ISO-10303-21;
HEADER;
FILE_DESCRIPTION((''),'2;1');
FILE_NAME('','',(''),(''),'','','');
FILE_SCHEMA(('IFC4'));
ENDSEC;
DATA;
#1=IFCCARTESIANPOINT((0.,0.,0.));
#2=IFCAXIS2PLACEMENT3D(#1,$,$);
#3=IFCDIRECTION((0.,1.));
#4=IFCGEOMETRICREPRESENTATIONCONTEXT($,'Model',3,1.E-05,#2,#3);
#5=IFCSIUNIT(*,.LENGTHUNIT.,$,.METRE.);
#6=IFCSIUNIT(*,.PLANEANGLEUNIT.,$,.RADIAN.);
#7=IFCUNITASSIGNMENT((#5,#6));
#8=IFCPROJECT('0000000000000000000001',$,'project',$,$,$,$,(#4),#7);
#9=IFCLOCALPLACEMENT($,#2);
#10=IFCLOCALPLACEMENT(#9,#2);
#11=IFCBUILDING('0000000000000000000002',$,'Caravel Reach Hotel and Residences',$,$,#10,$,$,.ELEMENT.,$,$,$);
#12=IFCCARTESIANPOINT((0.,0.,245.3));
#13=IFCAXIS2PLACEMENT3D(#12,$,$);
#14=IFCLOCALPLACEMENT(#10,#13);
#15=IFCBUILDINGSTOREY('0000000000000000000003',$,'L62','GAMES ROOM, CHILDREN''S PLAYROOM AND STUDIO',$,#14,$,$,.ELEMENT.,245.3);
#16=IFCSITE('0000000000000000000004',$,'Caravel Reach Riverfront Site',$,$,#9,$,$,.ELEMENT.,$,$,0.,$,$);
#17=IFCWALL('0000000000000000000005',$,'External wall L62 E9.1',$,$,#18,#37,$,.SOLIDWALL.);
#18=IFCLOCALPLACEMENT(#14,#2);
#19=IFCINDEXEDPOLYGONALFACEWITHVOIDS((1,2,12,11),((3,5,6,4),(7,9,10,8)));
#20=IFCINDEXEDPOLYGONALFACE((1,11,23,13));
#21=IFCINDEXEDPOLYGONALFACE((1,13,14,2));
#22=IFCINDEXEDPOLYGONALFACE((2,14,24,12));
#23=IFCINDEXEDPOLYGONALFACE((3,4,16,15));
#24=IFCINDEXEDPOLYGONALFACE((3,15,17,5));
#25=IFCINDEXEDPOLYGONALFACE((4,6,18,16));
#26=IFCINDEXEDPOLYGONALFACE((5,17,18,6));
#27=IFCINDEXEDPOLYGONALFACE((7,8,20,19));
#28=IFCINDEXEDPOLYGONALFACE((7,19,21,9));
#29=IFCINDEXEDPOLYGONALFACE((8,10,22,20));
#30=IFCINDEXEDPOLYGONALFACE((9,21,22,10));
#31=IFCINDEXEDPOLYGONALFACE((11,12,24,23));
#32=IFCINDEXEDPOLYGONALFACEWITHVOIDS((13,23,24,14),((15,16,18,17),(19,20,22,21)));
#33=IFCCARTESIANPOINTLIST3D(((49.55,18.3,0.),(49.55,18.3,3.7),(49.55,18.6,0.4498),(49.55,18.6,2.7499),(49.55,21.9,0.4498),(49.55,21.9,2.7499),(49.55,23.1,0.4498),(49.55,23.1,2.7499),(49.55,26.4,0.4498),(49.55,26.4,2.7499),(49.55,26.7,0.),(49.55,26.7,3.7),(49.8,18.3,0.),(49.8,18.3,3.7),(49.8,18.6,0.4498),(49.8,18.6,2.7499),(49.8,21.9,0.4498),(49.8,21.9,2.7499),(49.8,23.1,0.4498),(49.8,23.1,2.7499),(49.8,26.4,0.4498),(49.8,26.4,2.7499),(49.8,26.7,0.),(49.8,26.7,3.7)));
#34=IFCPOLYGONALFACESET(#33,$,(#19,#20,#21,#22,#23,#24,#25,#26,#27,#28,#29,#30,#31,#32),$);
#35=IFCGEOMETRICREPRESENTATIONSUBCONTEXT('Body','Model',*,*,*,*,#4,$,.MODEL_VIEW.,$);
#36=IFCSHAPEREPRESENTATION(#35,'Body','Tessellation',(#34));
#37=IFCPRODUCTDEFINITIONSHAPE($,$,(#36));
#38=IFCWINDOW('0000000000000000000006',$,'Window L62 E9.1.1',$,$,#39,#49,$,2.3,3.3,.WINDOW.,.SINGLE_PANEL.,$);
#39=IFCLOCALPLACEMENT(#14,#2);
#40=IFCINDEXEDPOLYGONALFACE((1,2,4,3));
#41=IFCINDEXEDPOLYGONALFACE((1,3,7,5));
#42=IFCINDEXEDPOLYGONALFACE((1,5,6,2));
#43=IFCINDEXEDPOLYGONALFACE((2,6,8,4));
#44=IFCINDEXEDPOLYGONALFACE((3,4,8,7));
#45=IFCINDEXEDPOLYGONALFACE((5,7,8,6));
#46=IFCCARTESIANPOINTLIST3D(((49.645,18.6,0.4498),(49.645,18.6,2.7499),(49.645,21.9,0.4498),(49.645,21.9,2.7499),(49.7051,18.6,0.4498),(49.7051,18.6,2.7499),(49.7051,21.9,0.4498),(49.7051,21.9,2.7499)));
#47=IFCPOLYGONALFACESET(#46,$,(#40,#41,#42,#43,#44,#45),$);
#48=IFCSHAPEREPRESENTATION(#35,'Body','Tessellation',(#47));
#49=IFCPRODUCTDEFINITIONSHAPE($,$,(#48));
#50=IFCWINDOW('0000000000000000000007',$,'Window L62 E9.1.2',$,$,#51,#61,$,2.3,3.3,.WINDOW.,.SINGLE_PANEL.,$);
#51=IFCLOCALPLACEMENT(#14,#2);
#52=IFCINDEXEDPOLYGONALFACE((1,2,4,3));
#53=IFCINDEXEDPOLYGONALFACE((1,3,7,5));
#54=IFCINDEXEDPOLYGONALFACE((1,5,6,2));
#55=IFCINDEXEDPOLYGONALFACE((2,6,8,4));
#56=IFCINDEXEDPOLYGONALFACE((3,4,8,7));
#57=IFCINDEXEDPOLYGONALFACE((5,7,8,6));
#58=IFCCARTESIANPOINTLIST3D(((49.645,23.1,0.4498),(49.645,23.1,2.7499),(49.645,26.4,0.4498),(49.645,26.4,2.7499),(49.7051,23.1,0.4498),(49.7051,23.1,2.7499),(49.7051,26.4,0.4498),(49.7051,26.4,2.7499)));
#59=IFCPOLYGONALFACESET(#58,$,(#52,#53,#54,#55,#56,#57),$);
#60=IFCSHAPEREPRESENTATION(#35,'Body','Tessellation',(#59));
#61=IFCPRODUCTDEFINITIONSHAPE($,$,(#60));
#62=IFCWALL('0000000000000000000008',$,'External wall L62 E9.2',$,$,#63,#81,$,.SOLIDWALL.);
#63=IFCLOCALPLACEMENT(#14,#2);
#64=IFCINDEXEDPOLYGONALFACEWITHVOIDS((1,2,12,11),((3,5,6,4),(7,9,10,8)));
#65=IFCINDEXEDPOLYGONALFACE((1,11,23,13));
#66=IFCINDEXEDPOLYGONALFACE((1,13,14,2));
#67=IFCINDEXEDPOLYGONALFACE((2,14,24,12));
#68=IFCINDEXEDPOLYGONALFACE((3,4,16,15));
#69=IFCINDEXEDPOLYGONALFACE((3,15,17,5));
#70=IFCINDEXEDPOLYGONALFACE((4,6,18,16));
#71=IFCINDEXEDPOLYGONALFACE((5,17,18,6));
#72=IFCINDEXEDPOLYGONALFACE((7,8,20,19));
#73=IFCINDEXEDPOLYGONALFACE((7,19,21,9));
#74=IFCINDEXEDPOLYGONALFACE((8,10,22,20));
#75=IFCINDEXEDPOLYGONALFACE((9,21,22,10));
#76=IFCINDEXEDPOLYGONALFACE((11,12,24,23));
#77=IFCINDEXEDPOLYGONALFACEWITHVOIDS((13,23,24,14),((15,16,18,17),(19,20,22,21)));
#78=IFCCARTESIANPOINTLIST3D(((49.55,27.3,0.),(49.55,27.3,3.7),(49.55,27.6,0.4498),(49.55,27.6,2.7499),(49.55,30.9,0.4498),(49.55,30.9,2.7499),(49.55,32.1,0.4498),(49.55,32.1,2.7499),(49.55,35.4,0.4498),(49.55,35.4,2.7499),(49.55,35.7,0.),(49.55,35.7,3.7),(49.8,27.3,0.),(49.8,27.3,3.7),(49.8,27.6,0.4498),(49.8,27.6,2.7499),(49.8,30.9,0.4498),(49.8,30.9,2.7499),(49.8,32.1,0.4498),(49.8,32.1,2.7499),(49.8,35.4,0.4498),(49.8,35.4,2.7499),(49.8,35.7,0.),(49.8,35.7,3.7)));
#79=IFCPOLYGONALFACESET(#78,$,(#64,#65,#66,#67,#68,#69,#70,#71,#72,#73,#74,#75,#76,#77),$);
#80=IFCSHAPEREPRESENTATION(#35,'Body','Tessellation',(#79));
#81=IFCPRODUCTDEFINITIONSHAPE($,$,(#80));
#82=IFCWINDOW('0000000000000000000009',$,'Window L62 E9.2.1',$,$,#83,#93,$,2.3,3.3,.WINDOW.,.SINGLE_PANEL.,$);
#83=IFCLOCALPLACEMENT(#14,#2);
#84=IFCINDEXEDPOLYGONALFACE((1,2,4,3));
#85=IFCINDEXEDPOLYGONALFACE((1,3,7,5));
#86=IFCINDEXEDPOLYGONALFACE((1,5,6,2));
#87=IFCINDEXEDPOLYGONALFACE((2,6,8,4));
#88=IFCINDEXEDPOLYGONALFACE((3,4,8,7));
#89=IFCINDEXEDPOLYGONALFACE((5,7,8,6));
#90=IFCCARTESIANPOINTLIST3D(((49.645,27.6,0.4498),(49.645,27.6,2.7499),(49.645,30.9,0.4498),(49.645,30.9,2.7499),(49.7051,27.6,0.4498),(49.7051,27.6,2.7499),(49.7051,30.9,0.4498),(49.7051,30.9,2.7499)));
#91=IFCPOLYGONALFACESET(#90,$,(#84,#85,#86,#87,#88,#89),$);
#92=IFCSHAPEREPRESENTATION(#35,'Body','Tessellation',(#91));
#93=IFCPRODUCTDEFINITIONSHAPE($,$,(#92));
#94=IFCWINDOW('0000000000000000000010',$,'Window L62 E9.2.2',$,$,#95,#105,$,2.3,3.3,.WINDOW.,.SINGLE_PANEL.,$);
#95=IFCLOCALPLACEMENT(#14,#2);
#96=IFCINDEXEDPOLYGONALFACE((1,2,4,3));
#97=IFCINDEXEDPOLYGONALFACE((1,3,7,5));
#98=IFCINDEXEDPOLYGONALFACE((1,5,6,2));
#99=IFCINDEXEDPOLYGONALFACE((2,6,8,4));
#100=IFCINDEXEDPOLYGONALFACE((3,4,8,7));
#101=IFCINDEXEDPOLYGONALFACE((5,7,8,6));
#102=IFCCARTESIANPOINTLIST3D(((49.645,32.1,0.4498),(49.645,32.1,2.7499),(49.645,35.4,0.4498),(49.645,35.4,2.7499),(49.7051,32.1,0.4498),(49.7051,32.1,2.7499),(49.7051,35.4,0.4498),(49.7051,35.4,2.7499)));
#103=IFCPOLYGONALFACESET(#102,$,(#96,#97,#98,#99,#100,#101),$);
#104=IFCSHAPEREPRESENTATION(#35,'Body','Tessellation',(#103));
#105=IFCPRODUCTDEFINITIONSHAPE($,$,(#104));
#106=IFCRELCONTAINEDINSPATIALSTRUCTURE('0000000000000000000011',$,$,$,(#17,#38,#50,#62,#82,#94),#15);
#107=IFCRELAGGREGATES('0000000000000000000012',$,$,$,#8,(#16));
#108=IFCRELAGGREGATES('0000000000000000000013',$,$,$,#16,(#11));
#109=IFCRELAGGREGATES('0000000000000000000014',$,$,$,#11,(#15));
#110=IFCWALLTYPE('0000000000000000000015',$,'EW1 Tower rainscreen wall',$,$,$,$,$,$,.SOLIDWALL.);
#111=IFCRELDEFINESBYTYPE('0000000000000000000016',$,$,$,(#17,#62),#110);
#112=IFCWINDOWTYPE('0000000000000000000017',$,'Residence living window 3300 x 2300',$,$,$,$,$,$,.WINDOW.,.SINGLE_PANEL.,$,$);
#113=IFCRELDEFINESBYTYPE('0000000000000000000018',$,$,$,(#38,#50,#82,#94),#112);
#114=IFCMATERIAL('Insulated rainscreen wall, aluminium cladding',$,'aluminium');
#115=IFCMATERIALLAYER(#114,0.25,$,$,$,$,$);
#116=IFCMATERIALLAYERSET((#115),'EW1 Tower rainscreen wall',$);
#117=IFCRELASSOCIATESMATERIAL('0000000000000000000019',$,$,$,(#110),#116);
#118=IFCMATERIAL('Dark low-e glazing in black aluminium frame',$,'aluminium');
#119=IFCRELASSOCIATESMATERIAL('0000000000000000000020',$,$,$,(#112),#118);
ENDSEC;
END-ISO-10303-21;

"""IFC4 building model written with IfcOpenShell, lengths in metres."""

from ifc_helpers import new_model, si_unit, direction, frame, frame_2d, origin, place, context, subcontext, project, spatial, rectangle, extrude, material, layer, layer_set, type_object, element, fill, save


model = new_model("IFC4")

# Units and contexts
model_context = context("Model", 3, precision=1e-05, world=origin(), true_north=direction((0.0, 1.0)))
body_context = subcontext(model_context, "Body", "Model", "MODEL_VIEW")
ifc_project = project(units=[si_unit("LENGTHUNIT", "METRE"), si_unit("PLANEANGLEUNIT", "RADIAN")], contexts=[model_context])

# Site, building, storey
site_placement = place(None, origin())
site = spatial("IfcSite", under=ifc_project, at=site_placement, Name="Caravel Reach Riverfront Site", CompositionType="ELEMENT", RefElevation=0.0)
building_placement = place(site_placement, origin())
building = spatial("IfcBuilding", under=site, at=building_placement, Name="Caravel Reach Hotel and Residences", CompositionType="ELEMENT")
storey_placement = place(building_placement, frame((0.0, 0.0, 245.3)))
storey = spatial("IfcBuildingStorey", under=building, at=storey_placement, Name="L62", Description="GAMES ROOM, CHILDREN'S PLAYROOM AND STUDIO", CompositionType="ELEMENT", Elevation=245.3)

# Walls, openings, windows
ifc_material_1 = material(Name="Insulated rainscreen wall, aluminium cladding", Category="aluminium")
ifc_layer_1 = layer(ifc_material_1, 0.25)
ifc_layer_set_1 = layer_set([ifc_layer_1], Name="EW1 Tower rainscreen wall")
wall_type_1 = type_object("IfcWallType", Name="EW1 Tower rainscreen wall", PredefinedType="SOLIDWALL", material=ifc_layer_set_1)
wall_1_placement = place(storey_placement, frame((49.675, 18.3, 0.0), z_axis=(0.0, 0.0, 1.0), x_axis=(0.0, 1.0, 0.0)))
wall_1 = element("IfcWall", 1, at=wall_1_placement, inside=storey, type_object=wall_type_1, Name="External wall L62 E9.1", PredefinedType="SOLIDWALL", context=body_context, shape_type="SweptSolid", body=[
    extrude(rectangle(XDim=8.3999, YDim=0.25, at=frame_2d((4.2, 0.0))), origin(), (0.0, 0.0, 1.0), 3.7),
])
opening_1_placement = place(wall_1_placement, frame((0.3, 0.0, 0.45)))
opening_1 = element("IfcOpeningElement", 2, at=opening_1_placement, cuts=wall_1, PredefinedType="OPENING", context=body_context, shape_type="SweptSolid", body=[
    extrude(rectangle(XDim=3.3, YDim=2.3, at=frame_2d((1.6499, 1.1499))), frame((0.0, 0.135, 0.0), z_axis=(0.0, -1.0, 0.0), x_axis=(1.0, 0.0, 0.0)), (0.0, 0.0, 1.0), 0.27),
])
opening_2_placement = place(wall_1_placement, frame((4.8, 0.0, 0.45)))
opening_2 = element("IfcOpeningElement", 3, at=opening_2_placement, cuts=wall_1, PredefinedType="OPENING", context=body_context, shape_type="SweptSolid", body=[
    extrude(rectangle(XDim=3.3, YDim=2.3, at=frame_2d((1.6499, 1.1499))), frame((0.0, 0.135, 0.0), z_axis=(0.0, -1.0, 0.0), x_axis=(1.0, 0.0, 0.0)), (0.0, 0.0, 1.0), 0.27),
])
ifc_material_2 = material(Name="Dark low-e glazing in black aluminium frame", Category="aluminium")
window_type = type_object("IfcWindowType", Name="Residence living window 3300 x 2300", PartitioningType="SINGLE_PANEL", PredefinedType="WINDOW", material=ifc_material_2)
window_1_placement = place(opening_1_placement, origin())
window_1 = element("IfcWindow", 4, at=window_1_placement, inside=storey, type_object=window_type, Name="Window L62 E9.1.1", OverallHeight=2.3, OverallWidth=3.3, PartitioningType="SINGLE_PANEL", PredefinedType="WINDOW", context=body_context, shape_type="SweptSolid", body=[
    extrude(rectangle(XDim=3.3, YDim=2.3, at=frame_2d((1.6499, 1.1499))), frame((0.0, 0.03, 0.0), z_axis=(0.0, -1.0, 0.0), x_axis=(1.0, 0.0, 0.0)), (0.0, 0.0, 1.0), 0.0601),
])
fill(opening_1, window_1)
window_2_placement = place(opening_2_placement, origin())
window_2 = element("IfcWindow", 5, at=window_2_placement, inside=storey, type_object=window_type, Name="Window L62 E9.1.2", OverallHeight=2.3, OverallWidth=3.3, PartitioningType="SINGLE_PANEL", PredefinedType="WINDOW", context=body_context, shape_type="SweptSolid", body=[
    extrude(rectangle(XDim=3.3, YDim=2.3, at=frame_2d((1.6499, 1.1499))), frame((0.0, 0.03, 0.0), z_axis=(0.0, -1.0, 0.0), x_axis=(1.0, 0.0, 0.0)), (0.0, 0.0, 1.0), 0.0601),
])
fill(opening_2, window_2)
wall_2_placement = place(storey_placement, frame((49.675, 27.3, 0.0), z_axis=(0.0, 0.0, 1.0), x_axis=(0.0, 1.0, 0.0)))
wall_2 = element("IfcWall", 6, at=wall_2_placement, inside=storey, type_object=wall_type_1, Name="External wall L62 E9.2", PredefinedType="SOLIDWALL", context=body_context, shape_type="SweptSolid", body=[
    extrude(rectangle(XDim=8.3999, YDim=0.25, at=frame_2d((4.2, 0.0))), origin(), (0.0, 0.0, 1.0), 3.7),
])
opening_3_placement = place(wall_2_placement, frame((0.3, 0.0, 0.45)))
opening_3 = element("IfcOpeningElement", 7, at=opening_3_placement, cuts=wall_2, PredefinedType="OPENING", context=body_context, shape_type="SweptSolid", body=[
    extrude(rectangle(XDim=3.3, YDim=2.3, at=frame_2d((1.6499, 1.1499))), frame((0.0, 0.135, 0.0), z_axis=(0.0, -1.0, 0.0), x_axis=(1.0, 0.0, 0.0)), (0.0, 0.0, 1.0), 0.27),
])
opening_4_placement = place(wall_2_placement, frame((4.8, 0.0, 0.45)))
opening_4 = element("IfcOpeningElement", 8, at=opening_4_placement, cuts=wall_2, PredefinedType="OPENING", context=body_context, shape_type="SweptSolid", body=[
    extrude(rectangle(XDim=3.3, YDim=2.3, at=frame_2d((1.6499, 1.1499))), frame((0.0, 0.135, 0.0), z_axis=(0.0, -1.0, 0.0), x_axis=(1.0, 0.0, 0.0)), (0.0, 0.0, 1.0), 0.27),
])
window_3_placement = place(opening_3_placement, origin())
window_3 = element("IfcWindow", 9, at=window_3_placement, inside=storey, type_object=window_type, Name="Window L62 E9.2.1", OverallHeight=2.3, OverallWidth=3.3, PartitioningType="SINGLE_PANEL", PredefinedType="WINDOW", context=body_context, shape_type="SweptSolid", body=[
    extrude(rectangle(XDim=3.3, YDim=2.3, at=frame_2d((1.6499, 1.1499))), frame((0.0, 0.03, 0.0), z_axis=(0.0, -1.0, 0.0), x_axis=(1.0, 0.0, 0.0)), (0.0, 0.0, 1.0), 0.0601),
])
fill(opening_3, window_3)
window_4_placement = place(opening_4_placement, origin())
window_4 = element("IfcWindow", 10, at=window_4_placement, inside=storey, type_object=window_type, Name="Window L62 E9.2.2", OverallHeight=2.3, OverallWidth=3.3, PartitioningType="SINGLE_PANEL", PredefinedType="WINDOW", context=body_context, shape_type="SweptSolid", body=[
    extrude(rectangle(XDim=3.3, YDim=2.3, at=frame_2d((1.6499, 1.1499))), frame((0.0, 0.03, 0.0), z_axis=(0.0, -1.0, 0.0), x_axis=(1.0, 0.0, 0.0)), (0.0, 0.0, 1.0), 0.0601),
])
fill(opening_4, window_4)

save(model, "model.ifc")
